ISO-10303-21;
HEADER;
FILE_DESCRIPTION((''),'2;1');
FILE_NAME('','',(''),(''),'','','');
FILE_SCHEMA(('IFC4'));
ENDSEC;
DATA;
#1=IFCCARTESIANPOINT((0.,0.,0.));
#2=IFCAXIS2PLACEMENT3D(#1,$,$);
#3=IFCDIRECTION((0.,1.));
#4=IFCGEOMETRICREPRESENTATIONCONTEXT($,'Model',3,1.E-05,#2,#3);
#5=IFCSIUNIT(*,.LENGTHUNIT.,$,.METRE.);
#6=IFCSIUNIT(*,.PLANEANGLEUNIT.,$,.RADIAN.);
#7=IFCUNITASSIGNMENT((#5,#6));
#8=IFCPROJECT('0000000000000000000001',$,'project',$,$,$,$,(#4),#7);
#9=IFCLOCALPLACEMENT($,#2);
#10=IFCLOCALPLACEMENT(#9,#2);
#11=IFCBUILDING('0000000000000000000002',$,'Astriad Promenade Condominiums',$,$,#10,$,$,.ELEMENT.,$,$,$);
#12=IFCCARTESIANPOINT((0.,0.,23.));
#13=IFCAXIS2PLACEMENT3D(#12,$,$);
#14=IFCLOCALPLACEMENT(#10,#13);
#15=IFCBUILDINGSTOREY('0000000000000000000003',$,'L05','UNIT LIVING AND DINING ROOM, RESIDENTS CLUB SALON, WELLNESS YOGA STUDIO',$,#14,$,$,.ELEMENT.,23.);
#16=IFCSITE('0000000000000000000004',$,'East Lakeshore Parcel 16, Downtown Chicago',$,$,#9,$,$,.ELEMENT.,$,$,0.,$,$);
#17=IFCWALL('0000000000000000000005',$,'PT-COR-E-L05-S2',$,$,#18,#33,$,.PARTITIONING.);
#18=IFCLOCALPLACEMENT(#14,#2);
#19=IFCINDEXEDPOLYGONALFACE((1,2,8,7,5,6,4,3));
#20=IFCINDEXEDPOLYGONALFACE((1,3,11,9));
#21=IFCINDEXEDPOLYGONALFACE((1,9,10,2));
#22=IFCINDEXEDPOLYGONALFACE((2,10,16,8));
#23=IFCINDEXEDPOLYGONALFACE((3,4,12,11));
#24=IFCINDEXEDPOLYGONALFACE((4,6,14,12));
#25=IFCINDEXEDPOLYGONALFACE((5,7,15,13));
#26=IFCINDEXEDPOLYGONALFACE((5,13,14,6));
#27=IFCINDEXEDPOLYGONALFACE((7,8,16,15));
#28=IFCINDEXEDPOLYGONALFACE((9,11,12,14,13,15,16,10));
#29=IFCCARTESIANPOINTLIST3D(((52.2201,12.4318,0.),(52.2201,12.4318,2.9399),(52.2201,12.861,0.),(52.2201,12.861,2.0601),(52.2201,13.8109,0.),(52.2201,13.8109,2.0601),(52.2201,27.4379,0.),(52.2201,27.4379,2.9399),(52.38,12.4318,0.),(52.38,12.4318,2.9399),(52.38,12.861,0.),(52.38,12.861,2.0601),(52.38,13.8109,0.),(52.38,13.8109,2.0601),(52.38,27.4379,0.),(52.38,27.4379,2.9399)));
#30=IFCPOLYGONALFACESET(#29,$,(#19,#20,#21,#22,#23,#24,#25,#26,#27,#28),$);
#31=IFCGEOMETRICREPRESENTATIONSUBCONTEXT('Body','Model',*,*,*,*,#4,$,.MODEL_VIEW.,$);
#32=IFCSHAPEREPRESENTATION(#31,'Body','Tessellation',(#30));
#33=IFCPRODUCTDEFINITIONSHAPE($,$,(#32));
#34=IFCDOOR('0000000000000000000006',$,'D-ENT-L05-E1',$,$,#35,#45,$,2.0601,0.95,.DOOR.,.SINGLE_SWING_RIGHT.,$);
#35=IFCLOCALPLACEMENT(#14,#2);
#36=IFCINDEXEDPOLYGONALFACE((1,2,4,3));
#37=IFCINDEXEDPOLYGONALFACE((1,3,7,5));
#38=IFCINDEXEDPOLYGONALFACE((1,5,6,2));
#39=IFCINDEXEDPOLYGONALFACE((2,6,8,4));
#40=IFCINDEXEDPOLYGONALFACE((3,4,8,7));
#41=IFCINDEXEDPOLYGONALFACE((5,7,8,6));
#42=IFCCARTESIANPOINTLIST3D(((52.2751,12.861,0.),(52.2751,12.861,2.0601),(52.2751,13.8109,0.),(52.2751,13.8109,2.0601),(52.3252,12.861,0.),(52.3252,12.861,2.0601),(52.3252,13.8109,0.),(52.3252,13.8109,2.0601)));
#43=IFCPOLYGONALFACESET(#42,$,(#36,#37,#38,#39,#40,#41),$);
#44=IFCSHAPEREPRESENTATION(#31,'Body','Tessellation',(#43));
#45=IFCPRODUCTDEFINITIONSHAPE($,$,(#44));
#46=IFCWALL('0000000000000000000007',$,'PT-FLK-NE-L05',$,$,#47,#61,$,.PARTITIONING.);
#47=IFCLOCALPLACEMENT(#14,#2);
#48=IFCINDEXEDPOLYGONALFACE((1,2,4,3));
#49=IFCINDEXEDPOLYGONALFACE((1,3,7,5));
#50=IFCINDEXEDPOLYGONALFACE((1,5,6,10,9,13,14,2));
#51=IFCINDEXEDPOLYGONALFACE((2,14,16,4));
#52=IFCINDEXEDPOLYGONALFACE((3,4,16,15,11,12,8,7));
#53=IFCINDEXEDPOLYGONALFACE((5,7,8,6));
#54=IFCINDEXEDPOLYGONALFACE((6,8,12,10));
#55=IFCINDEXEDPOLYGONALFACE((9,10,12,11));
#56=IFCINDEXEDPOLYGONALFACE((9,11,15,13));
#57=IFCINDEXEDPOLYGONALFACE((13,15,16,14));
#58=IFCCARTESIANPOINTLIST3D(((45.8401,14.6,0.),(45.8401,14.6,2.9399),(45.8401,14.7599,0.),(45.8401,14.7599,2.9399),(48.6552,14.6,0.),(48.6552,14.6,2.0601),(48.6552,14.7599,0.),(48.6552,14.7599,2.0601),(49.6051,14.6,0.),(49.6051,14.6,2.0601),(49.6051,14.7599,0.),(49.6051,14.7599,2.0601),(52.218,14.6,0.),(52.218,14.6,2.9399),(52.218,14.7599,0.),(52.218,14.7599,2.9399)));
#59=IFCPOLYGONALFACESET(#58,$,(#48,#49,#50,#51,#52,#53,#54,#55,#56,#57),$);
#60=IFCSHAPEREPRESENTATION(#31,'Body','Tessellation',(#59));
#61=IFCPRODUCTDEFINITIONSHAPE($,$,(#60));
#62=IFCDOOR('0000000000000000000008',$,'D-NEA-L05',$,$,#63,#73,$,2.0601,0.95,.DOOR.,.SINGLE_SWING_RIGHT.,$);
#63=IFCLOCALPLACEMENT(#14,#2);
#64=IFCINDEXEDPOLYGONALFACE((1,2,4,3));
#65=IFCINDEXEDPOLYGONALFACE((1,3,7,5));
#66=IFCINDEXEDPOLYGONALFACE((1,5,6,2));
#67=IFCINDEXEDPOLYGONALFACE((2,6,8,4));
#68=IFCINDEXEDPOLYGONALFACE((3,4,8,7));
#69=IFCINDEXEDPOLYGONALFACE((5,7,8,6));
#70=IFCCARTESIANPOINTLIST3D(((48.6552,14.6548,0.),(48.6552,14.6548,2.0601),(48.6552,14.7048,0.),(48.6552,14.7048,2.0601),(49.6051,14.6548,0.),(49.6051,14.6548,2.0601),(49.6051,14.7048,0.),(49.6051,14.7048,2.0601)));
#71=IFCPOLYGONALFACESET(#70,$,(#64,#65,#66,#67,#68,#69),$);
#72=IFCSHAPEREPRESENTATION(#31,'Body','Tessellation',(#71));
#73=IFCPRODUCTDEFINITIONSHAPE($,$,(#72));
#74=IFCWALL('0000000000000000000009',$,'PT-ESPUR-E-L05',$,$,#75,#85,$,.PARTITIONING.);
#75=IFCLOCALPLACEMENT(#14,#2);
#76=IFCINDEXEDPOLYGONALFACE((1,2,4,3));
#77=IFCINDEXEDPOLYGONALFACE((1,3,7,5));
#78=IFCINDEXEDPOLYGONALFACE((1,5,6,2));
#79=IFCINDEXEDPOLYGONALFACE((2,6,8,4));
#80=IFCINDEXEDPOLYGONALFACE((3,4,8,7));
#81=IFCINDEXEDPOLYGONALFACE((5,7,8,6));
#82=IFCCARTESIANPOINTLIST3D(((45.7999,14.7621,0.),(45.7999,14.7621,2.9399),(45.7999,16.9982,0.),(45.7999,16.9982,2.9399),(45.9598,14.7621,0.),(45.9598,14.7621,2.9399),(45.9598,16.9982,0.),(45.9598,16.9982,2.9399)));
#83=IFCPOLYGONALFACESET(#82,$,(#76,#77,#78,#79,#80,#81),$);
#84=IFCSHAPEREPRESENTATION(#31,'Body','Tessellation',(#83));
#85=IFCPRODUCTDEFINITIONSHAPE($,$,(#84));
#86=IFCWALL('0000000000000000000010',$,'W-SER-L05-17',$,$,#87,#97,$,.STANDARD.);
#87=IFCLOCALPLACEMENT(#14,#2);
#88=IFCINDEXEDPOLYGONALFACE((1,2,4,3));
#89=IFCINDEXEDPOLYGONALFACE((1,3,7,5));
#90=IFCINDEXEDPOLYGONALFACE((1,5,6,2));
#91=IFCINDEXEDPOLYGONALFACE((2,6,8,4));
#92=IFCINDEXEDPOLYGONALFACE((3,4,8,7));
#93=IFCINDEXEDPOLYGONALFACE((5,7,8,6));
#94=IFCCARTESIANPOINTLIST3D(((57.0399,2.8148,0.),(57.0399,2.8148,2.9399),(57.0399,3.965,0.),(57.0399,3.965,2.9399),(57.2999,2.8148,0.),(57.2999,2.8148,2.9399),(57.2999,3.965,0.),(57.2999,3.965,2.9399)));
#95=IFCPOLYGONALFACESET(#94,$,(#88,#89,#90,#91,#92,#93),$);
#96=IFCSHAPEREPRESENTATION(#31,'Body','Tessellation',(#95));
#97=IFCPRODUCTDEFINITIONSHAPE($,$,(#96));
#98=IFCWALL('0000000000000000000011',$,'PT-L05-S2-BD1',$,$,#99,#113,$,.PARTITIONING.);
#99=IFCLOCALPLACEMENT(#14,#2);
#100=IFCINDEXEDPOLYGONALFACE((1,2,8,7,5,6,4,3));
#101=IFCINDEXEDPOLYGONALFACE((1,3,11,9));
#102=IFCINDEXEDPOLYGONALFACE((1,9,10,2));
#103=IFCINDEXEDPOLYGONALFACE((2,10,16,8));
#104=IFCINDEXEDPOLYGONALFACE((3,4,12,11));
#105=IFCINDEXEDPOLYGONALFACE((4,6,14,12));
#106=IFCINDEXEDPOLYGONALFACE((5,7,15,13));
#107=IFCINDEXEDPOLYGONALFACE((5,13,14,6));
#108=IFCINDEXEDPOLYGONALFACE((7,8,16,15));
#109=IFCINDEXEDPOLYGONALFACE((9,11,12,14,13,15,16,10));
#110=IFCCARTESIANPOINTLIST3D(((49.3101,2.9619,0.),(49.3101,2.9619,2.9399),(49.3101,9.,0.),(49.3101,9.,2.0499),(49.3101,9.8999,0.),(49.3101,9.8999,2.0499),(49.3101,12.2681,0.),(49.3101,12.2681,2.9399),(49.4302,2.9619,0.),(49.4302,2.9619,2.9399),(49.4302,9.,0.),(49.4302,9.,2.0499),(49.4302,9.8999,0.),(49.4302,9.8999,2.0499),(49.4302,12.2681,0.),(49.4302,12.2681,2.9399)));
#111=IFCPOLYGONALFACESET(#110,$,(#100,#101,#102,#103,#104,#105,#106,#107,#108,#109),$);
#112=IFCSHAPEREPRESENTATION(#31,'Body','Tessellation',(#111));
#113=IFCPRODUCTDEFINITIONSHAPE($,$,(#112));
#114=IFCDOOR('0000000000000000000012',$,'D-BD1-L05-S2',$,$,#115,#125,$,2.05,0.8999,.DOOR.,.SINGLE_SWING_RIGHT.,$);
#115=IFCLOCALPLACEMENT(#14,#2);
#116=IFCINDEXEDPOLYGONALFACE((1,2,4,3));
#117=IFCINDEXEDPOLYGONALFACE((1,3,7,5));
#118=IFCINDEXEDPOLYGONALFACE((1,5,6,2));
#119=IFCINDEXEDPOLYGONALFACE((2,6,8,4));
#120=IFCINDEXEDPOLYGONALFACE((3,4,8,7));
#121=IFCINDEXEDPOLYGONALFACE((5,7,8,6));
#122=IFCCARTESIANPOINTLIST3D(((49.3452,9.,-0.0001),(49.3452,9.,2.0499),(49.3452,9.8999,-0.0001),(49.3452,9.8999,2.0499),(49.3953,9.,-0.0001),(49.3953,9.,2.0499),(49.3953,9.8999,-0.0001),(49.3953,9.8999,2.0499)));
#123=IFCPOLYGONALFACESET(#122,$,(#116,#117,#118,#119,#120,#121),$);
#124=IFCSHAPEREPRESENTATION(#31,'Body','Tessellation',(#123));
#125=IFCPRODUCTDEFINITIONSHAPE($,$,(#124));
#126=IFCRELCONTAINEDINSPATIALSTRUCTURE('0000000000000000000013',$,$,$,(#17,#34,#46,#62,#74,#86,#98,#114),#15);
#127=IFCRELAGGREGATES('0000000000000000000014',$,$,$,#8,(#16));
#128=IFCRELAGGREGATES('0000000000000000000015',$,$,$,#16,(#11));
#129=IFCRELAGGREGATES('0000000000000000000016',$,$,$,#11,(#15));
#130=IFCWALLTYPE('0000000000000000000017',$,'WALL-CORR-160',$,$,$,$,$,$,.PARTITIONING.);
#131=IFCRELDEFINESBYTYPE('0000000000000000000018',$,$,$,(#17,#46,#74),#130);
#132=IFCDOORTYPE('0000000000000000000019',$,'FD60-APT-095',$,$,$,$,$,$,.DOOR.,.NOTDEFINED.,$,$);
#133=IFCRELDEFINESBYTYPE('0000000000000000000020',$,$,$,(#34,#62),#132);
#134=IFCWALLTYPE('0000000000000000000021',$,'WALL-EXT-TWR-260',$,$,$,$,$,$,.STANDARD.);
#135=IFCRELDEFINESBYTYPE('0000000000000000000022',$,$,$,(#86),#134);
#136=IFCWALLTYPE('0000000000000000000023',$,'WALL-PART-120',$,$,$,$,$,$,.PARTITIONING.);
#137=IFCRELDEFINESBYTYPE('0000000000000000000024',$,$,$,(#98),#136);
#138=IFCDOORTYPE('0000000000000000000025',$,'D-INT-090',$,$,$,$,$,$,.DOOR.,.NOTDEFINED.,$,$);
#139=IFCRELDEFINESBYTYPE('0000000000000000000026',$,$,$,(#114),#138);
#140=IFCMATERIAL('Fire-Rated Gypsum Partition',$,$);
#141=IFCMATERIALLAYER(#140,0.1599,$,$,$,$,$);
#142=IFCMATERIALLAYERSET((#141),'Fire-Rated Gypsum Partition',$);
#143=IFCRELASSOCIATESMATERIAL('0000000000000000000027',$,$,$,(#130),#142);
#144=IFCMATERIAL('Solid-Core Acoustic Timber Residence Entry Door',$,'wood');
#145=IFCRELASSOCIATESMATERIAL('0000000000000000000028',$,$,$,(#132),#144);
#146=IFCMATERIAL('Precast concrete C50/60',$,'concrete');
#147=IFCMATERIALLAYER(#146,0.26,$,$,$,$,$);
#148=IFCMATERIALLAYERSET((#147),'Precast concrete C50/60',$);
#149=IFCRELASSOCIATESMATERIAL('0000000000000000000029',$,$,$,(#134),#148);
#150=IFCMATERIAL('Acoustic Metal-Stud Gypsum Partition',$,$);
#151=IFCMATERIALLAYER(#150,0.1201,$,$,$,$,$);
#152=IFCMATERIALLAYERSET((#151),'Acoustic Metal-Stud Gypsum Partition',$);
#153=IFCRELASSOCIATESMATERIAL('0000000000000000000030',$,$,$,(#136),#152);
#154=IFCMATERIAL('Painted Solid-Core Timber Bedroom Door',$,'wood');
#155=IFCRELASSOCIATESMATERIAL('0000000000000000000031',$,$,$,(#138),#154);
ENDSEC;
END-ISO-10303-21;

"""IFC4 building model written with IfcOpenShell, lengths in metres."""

from ifc_helpers import new_model, si_unit, direction, frame, frame_2d, origin, place, context, subcontext, project, spatial, rectangle, extrude, source, transform, mapped, material, layer, layer_set, type_object, type_shapes, element, fill, save


model = new_model("IFC4")

# Units and contexts
model_context = context("Model", 3, precision=1e-05, world=origin(), true_north=direction((0.0, 1.0)))
body_context = subcontext(model_context, "Body", "Model", "MODEL_VIEW")
ifc_project = project(units=[si_unit("LENGTHUNIT", "METRE"), si_unit("PLANEANGLEUNIT", "RADIAN")], contexts=[model_context])

# Site, building, storey
site_placement = place(None, origin())
site = spatial("IfcSite", under=ifc_project, at=site_placement, Name="East Lakeshore Parcel 16, Downtown Chicago", CompositionType="ELEMENT", RefElevation=0.0)
building_placement = place(site_placement, origin())
building = spatial("IfcBuilding", under=site, at=building_placement, Name="Astriad Promenade Condominiums", CompositionType="ELEMENT")
storey_placement = place(building_placement, frame((0.0, 0.0, 23.0)))
storey = spatial("IfcBuildingStorey", under=building, at=storey_placement, Name="L05", Description="UNIT LIVING AND DINING ROOM, RESIDENTS CLUB SALON, WELLNESS YOGA STUDIO", CompositionType="ELEMENT", Elevation=23.0)

# Shared definitions
ifc_material_1 = material(Name="Fire-Rated Gypsum Partition")
ifc_layer_1 = layer(ifc_material_1, 0.1599)
ifc_layer_set_1 = layer_set([ifc_layer_1], Name="Fire-Rated Gypsum Partition")
wall_type_1 = type_object("IfcWallType", Name="WALL-CORR-160", PredefinedType="PARTITIONING", material=ifc_layer_set_1)

# Walls, openings, doors
wall_1_placement = place(storey_placement, frame((52.3, 12.4319, 0.0), z_axis=(0.0, 0.0, 1.0), x_axis=(0.0, 1.0, 0.0)))
wall_1 = element("IfcWall", 1, at=wall_1_placement, inside=storey, type_object=wall_type_1, Name="PT-COR-E-L05-S2", PredefinedType="PARTITIONING", context=body_context, shape_type="SweptSolid", body=[
    extrude(rectangle(XDim=15.0061, YDim=0.1599, at=frame_2d((7.5029, 0.0))), origin(), (0.0, 0.0, 1.0), 2.9399),
])
opening_1_placement = place(wall_1_placement, frame((0.429, 0.0, 0.0)))
opening_1 = element("IfcOpeningElement", 2, at=opening_1_placement, cuts=wall_1, PredefinedType="OPENING", context=body_context, shape_type="SweptSolid", body=[
    extrude(rectangle(XDim=0.95, YDim=2.0601, at=frame_2d((0.4751, 1.03))), frame((0.0, 0.0898, 0.0), z_axis=(0.0, -1.0, 0.0), x_axis=(1.0, 0.0, 0.0)), (0.0, 0.0, 1.0), 0.1799),
])
ifc_material_2 = material(Name="Solid-Core Acoustic Timber Residence Entry Door", Category="wood")
door_type_1 = type_object("IfcDoorType", Name="FD60-APT-095", OperationType="NOTDEFINED", PredefinedType="DOOR", material=ifc_material_2)
shared_shape_1 = source(origin(), body_context, "Body", "SweptSolid", [
    extrude(rectangle(XDim=0.95, YDim=2.0601, at=frame_2d((0.4751, 1.03))), frame((0.0, 0.0249, 0.0), z_axis=(0.0, -1.0, 0.0), x_axis=(1.0, 0.0, 0.0)), (0.0, 0.0, 1.0), 0.05),
])
type_shapes(door_type_1, [shared_shape_1])
door_1_placement = place(opening_1_placement, origin())
door_1 = element("IfcDoor", 3, at=door_1_placement, inside=storey, type_object=door_type_1, Name="D-ENT-L05-E1", OperationType="SINGLE_SWING_RIGHT", OverallHeight=2.0601, OverallWidth=0.95, PredefinedType="DOOR", context=body_context, shape_type="MappedRepresentation", body=[
    mapped(shared_shape_1, transform((0.0, 0.0, 0.0), scale=1.0)),
])
fill(opening_1, door_1)
wall_2_placement = place(storey_placement, frame((45.8401, 14.6799, 0.0), z_axis=(0.0, 0.0, 1.0), x_axis=(1.0, 0.0, 0.0)))
wall_2 = element("IfcWall", 4, at=wall_2_placement, inside=storey, type_object=wall_type_1, Name="PT-FLK-NE-L05", PredefinedType="PARTITIONING", context=body_context, shape_type="SweptSolid", body=[
    extrude(rectangle(XDim=6.3779, YDim=0.1599, at=frame_2d((3.189, 0.0))), origin(), (0.0, 0.0, 1.0), 2.9399),
])
opening_2_placement = place(wall_2_placement, frame((2.8149, 0.0, 0.0)))
opening_2 = element("IfcOpeningElement", 5, at=opening_2_placement, cuts=wall_2, PredefinedType="OPENING", context=body_context, shape_type="SweptSolid", body=[
    extrude(rectangle(XDim=0.95, YDim=2.0601, at=frame_2d((0.4751, 1.03))), frame((0.0, 0.0898, 0.0), z_axis=(0.0, -1.0, 0.0), x_axis=(1.0, 0.0, 0.0)), (0.0, 0.0, 1.0), 0.1799),
])
door_2_placement = place(opening_2_placement, origin())
door_2 = element("IfcDoor", 6, at=door_2_placement, inside=storey, type_object=door_type_1, Name="D-NEA-L05", OperationType="SINGLE_SWING_RIGHT", OverallHeight=2.0601, OverallWidth=0.95, PredefinedType="DOOR", context=body_context, shape_type="MappedRepresentation", body=[
    mapped(shared_shape_1, transform((0.0, 0.0, 0.0), scale=1.0)),
])
fill(opening_2, door_2)

# Walls
wall_3_placement = place(storey_placement, frame((45.8799, 14.762, 0.0), z_axis=(0.0, 0.0, 1.0), x_axis=(0.0, 1.0, 0.0)))
element("IfcWall", 7, at=wall_3_placement, inside=storey, type_object=wall_type_1, Name="PT-ESPUR-E-L05", PredefinedType="PARTITIONING", context=body_context, shape_type="SweptSolid", body=[
    extrude(rectangle(XDim=2.2361, YDim=0.1599, at=frame_2d((1.1182, 0.0))), origin(), (0.0, 0.0, 1.0), 2.9399),
])
ifc_material_3 = material(Name="Precast concrete C50/60", Category="concrete")
ifc_layer_2 = layer(ifc_material_3, 0.26)
ifc_layer_set_2 = layer_set([ifc_layer_2], Name="Precast concrete C50/60")
wall_type_2 = type_object("IfcWallType", Name="WALL-EXT-TWR-260", PredefinedType="STANDARD", material=ifc_layer_set_2)
wall_4_placement = place(storey_placement, frame((57.1699, 3.9651, 0.0), z_axis=(0.0, 0.0, 1.0), x_axis=(0.0, -1.0, 0.0)))
element("IfcWall", 8, at=wall_4_placement, inside=storey, type_object=wall_type_2, Name="W-SER-L05-17", PredefinedType="STANDARD", context=body_context, shape_type="SweptSolid", body=[
    extrude(rectangle(XDim=1.1501, YDim=0.26, at=frame_2d((0.5752, 0.0))), origin(), (0.0, 0.0, 1.0), 2.9399),
])

# Wall, opening, door
ifc_material_4 = material(Name="Acoustic Metal-Stud Gypsum Partition")
ifc_layer_3 = layer(ifc_material_4, 0.1201)
ifc_layer_set_3 = layer_set([ifc_layer_3], Name="Acoustic Metal-Stud Gypsum Partition")
wall_type_3 = type_object("IfcWallType", Name="WALL-PART-120", PredefinedType="PARTITIONING", material=ifc_layer_set_3)
wall_5_placement = place(storey_placement, frame((49.3701, 2.9619, 0.0), z_axis=(0.0, 0.0, 1.0), x_axis=(0.0, 1.0, 0.0)))
wall_5 = element("IfcWall", 9, at=wall_5_placement, inside=storey, type_object=wall_type_3, Name="PT-L05-S2-BD1", PredefinedType="PARTITIONING", context=body_context, shape_type="SweptSolid", body=[
    extrude(rectangle(XDim=9.3062, YDim=0.1201, at=frame_2d((4.6531, 0.0))), origin(), (0.0, 0.0, 1.0), 2.9399),
])
opening_3_placement = place(wall_5_placement, frame((6.0381, 0.0, 0.0)))
opening_3 = element("IfcOpeningElement", 10, at=opening_3_placement, cuts=wall_5, PredefinedType="OPENING", context=body_context, shape_type="SweptSolid", body=[
    extrude(rectangle(XDim=0.8999, YDim=2.05, at=frame_2d((0.45, 1.0249))), frame((0.0, 0.0701, 0.0), z_axis=(0.0, -1.0, 0.0), x_axis=(1.0, 0.0, 0.0)), (0.0, 0.0, 1.0), 0.1401),
])
ifc_material_5 = material(Name="Painted Solid-Core Timber Bedroom Door", Category="wood")
door_type_2 = type_object("IfcDoorType", Name="D-INT-090", OperationType="NOTDEFINED", PredefinedType="DOOR", material=ifc_material_5)
shared_shape_2 = source(origin(), body_context, "Body", "SweptSolid", [
    extrude(rectangle(XDim=0.8999, YDim=2.05, at=frame_2d((0.45, 1.0249))), frame((0.0, 0.0249, 0.0), z_axis=(0.0, -1.0, 0.0), x_axis=(1.0, 0.0, 0.0)), (0.0, 0.0, 1.0), 0.05),
])
type_shapes(door_type_2, [shared_shape_2])
door_3_placement = place(opening_3_placement, origin())
door_3 = element("IfcDoor", 11, at=door_3_placement, inside=storey, type_object=door_type_2, Name="D-BD1-L05-S2", OperationType="SINGLE_SWING_RIGHT", OverallHeight=2.05, OverallWidth=0.8999, PredefinedType="DOOR", context=body_context, shape_type="MappedRepresentation", body=[
    mapped(shared_shape_2, transform((0.0, 0.0, 0.0), scale=1.0)),
])
fill(opening_3, door_3)

save(model, "model.ifc")
